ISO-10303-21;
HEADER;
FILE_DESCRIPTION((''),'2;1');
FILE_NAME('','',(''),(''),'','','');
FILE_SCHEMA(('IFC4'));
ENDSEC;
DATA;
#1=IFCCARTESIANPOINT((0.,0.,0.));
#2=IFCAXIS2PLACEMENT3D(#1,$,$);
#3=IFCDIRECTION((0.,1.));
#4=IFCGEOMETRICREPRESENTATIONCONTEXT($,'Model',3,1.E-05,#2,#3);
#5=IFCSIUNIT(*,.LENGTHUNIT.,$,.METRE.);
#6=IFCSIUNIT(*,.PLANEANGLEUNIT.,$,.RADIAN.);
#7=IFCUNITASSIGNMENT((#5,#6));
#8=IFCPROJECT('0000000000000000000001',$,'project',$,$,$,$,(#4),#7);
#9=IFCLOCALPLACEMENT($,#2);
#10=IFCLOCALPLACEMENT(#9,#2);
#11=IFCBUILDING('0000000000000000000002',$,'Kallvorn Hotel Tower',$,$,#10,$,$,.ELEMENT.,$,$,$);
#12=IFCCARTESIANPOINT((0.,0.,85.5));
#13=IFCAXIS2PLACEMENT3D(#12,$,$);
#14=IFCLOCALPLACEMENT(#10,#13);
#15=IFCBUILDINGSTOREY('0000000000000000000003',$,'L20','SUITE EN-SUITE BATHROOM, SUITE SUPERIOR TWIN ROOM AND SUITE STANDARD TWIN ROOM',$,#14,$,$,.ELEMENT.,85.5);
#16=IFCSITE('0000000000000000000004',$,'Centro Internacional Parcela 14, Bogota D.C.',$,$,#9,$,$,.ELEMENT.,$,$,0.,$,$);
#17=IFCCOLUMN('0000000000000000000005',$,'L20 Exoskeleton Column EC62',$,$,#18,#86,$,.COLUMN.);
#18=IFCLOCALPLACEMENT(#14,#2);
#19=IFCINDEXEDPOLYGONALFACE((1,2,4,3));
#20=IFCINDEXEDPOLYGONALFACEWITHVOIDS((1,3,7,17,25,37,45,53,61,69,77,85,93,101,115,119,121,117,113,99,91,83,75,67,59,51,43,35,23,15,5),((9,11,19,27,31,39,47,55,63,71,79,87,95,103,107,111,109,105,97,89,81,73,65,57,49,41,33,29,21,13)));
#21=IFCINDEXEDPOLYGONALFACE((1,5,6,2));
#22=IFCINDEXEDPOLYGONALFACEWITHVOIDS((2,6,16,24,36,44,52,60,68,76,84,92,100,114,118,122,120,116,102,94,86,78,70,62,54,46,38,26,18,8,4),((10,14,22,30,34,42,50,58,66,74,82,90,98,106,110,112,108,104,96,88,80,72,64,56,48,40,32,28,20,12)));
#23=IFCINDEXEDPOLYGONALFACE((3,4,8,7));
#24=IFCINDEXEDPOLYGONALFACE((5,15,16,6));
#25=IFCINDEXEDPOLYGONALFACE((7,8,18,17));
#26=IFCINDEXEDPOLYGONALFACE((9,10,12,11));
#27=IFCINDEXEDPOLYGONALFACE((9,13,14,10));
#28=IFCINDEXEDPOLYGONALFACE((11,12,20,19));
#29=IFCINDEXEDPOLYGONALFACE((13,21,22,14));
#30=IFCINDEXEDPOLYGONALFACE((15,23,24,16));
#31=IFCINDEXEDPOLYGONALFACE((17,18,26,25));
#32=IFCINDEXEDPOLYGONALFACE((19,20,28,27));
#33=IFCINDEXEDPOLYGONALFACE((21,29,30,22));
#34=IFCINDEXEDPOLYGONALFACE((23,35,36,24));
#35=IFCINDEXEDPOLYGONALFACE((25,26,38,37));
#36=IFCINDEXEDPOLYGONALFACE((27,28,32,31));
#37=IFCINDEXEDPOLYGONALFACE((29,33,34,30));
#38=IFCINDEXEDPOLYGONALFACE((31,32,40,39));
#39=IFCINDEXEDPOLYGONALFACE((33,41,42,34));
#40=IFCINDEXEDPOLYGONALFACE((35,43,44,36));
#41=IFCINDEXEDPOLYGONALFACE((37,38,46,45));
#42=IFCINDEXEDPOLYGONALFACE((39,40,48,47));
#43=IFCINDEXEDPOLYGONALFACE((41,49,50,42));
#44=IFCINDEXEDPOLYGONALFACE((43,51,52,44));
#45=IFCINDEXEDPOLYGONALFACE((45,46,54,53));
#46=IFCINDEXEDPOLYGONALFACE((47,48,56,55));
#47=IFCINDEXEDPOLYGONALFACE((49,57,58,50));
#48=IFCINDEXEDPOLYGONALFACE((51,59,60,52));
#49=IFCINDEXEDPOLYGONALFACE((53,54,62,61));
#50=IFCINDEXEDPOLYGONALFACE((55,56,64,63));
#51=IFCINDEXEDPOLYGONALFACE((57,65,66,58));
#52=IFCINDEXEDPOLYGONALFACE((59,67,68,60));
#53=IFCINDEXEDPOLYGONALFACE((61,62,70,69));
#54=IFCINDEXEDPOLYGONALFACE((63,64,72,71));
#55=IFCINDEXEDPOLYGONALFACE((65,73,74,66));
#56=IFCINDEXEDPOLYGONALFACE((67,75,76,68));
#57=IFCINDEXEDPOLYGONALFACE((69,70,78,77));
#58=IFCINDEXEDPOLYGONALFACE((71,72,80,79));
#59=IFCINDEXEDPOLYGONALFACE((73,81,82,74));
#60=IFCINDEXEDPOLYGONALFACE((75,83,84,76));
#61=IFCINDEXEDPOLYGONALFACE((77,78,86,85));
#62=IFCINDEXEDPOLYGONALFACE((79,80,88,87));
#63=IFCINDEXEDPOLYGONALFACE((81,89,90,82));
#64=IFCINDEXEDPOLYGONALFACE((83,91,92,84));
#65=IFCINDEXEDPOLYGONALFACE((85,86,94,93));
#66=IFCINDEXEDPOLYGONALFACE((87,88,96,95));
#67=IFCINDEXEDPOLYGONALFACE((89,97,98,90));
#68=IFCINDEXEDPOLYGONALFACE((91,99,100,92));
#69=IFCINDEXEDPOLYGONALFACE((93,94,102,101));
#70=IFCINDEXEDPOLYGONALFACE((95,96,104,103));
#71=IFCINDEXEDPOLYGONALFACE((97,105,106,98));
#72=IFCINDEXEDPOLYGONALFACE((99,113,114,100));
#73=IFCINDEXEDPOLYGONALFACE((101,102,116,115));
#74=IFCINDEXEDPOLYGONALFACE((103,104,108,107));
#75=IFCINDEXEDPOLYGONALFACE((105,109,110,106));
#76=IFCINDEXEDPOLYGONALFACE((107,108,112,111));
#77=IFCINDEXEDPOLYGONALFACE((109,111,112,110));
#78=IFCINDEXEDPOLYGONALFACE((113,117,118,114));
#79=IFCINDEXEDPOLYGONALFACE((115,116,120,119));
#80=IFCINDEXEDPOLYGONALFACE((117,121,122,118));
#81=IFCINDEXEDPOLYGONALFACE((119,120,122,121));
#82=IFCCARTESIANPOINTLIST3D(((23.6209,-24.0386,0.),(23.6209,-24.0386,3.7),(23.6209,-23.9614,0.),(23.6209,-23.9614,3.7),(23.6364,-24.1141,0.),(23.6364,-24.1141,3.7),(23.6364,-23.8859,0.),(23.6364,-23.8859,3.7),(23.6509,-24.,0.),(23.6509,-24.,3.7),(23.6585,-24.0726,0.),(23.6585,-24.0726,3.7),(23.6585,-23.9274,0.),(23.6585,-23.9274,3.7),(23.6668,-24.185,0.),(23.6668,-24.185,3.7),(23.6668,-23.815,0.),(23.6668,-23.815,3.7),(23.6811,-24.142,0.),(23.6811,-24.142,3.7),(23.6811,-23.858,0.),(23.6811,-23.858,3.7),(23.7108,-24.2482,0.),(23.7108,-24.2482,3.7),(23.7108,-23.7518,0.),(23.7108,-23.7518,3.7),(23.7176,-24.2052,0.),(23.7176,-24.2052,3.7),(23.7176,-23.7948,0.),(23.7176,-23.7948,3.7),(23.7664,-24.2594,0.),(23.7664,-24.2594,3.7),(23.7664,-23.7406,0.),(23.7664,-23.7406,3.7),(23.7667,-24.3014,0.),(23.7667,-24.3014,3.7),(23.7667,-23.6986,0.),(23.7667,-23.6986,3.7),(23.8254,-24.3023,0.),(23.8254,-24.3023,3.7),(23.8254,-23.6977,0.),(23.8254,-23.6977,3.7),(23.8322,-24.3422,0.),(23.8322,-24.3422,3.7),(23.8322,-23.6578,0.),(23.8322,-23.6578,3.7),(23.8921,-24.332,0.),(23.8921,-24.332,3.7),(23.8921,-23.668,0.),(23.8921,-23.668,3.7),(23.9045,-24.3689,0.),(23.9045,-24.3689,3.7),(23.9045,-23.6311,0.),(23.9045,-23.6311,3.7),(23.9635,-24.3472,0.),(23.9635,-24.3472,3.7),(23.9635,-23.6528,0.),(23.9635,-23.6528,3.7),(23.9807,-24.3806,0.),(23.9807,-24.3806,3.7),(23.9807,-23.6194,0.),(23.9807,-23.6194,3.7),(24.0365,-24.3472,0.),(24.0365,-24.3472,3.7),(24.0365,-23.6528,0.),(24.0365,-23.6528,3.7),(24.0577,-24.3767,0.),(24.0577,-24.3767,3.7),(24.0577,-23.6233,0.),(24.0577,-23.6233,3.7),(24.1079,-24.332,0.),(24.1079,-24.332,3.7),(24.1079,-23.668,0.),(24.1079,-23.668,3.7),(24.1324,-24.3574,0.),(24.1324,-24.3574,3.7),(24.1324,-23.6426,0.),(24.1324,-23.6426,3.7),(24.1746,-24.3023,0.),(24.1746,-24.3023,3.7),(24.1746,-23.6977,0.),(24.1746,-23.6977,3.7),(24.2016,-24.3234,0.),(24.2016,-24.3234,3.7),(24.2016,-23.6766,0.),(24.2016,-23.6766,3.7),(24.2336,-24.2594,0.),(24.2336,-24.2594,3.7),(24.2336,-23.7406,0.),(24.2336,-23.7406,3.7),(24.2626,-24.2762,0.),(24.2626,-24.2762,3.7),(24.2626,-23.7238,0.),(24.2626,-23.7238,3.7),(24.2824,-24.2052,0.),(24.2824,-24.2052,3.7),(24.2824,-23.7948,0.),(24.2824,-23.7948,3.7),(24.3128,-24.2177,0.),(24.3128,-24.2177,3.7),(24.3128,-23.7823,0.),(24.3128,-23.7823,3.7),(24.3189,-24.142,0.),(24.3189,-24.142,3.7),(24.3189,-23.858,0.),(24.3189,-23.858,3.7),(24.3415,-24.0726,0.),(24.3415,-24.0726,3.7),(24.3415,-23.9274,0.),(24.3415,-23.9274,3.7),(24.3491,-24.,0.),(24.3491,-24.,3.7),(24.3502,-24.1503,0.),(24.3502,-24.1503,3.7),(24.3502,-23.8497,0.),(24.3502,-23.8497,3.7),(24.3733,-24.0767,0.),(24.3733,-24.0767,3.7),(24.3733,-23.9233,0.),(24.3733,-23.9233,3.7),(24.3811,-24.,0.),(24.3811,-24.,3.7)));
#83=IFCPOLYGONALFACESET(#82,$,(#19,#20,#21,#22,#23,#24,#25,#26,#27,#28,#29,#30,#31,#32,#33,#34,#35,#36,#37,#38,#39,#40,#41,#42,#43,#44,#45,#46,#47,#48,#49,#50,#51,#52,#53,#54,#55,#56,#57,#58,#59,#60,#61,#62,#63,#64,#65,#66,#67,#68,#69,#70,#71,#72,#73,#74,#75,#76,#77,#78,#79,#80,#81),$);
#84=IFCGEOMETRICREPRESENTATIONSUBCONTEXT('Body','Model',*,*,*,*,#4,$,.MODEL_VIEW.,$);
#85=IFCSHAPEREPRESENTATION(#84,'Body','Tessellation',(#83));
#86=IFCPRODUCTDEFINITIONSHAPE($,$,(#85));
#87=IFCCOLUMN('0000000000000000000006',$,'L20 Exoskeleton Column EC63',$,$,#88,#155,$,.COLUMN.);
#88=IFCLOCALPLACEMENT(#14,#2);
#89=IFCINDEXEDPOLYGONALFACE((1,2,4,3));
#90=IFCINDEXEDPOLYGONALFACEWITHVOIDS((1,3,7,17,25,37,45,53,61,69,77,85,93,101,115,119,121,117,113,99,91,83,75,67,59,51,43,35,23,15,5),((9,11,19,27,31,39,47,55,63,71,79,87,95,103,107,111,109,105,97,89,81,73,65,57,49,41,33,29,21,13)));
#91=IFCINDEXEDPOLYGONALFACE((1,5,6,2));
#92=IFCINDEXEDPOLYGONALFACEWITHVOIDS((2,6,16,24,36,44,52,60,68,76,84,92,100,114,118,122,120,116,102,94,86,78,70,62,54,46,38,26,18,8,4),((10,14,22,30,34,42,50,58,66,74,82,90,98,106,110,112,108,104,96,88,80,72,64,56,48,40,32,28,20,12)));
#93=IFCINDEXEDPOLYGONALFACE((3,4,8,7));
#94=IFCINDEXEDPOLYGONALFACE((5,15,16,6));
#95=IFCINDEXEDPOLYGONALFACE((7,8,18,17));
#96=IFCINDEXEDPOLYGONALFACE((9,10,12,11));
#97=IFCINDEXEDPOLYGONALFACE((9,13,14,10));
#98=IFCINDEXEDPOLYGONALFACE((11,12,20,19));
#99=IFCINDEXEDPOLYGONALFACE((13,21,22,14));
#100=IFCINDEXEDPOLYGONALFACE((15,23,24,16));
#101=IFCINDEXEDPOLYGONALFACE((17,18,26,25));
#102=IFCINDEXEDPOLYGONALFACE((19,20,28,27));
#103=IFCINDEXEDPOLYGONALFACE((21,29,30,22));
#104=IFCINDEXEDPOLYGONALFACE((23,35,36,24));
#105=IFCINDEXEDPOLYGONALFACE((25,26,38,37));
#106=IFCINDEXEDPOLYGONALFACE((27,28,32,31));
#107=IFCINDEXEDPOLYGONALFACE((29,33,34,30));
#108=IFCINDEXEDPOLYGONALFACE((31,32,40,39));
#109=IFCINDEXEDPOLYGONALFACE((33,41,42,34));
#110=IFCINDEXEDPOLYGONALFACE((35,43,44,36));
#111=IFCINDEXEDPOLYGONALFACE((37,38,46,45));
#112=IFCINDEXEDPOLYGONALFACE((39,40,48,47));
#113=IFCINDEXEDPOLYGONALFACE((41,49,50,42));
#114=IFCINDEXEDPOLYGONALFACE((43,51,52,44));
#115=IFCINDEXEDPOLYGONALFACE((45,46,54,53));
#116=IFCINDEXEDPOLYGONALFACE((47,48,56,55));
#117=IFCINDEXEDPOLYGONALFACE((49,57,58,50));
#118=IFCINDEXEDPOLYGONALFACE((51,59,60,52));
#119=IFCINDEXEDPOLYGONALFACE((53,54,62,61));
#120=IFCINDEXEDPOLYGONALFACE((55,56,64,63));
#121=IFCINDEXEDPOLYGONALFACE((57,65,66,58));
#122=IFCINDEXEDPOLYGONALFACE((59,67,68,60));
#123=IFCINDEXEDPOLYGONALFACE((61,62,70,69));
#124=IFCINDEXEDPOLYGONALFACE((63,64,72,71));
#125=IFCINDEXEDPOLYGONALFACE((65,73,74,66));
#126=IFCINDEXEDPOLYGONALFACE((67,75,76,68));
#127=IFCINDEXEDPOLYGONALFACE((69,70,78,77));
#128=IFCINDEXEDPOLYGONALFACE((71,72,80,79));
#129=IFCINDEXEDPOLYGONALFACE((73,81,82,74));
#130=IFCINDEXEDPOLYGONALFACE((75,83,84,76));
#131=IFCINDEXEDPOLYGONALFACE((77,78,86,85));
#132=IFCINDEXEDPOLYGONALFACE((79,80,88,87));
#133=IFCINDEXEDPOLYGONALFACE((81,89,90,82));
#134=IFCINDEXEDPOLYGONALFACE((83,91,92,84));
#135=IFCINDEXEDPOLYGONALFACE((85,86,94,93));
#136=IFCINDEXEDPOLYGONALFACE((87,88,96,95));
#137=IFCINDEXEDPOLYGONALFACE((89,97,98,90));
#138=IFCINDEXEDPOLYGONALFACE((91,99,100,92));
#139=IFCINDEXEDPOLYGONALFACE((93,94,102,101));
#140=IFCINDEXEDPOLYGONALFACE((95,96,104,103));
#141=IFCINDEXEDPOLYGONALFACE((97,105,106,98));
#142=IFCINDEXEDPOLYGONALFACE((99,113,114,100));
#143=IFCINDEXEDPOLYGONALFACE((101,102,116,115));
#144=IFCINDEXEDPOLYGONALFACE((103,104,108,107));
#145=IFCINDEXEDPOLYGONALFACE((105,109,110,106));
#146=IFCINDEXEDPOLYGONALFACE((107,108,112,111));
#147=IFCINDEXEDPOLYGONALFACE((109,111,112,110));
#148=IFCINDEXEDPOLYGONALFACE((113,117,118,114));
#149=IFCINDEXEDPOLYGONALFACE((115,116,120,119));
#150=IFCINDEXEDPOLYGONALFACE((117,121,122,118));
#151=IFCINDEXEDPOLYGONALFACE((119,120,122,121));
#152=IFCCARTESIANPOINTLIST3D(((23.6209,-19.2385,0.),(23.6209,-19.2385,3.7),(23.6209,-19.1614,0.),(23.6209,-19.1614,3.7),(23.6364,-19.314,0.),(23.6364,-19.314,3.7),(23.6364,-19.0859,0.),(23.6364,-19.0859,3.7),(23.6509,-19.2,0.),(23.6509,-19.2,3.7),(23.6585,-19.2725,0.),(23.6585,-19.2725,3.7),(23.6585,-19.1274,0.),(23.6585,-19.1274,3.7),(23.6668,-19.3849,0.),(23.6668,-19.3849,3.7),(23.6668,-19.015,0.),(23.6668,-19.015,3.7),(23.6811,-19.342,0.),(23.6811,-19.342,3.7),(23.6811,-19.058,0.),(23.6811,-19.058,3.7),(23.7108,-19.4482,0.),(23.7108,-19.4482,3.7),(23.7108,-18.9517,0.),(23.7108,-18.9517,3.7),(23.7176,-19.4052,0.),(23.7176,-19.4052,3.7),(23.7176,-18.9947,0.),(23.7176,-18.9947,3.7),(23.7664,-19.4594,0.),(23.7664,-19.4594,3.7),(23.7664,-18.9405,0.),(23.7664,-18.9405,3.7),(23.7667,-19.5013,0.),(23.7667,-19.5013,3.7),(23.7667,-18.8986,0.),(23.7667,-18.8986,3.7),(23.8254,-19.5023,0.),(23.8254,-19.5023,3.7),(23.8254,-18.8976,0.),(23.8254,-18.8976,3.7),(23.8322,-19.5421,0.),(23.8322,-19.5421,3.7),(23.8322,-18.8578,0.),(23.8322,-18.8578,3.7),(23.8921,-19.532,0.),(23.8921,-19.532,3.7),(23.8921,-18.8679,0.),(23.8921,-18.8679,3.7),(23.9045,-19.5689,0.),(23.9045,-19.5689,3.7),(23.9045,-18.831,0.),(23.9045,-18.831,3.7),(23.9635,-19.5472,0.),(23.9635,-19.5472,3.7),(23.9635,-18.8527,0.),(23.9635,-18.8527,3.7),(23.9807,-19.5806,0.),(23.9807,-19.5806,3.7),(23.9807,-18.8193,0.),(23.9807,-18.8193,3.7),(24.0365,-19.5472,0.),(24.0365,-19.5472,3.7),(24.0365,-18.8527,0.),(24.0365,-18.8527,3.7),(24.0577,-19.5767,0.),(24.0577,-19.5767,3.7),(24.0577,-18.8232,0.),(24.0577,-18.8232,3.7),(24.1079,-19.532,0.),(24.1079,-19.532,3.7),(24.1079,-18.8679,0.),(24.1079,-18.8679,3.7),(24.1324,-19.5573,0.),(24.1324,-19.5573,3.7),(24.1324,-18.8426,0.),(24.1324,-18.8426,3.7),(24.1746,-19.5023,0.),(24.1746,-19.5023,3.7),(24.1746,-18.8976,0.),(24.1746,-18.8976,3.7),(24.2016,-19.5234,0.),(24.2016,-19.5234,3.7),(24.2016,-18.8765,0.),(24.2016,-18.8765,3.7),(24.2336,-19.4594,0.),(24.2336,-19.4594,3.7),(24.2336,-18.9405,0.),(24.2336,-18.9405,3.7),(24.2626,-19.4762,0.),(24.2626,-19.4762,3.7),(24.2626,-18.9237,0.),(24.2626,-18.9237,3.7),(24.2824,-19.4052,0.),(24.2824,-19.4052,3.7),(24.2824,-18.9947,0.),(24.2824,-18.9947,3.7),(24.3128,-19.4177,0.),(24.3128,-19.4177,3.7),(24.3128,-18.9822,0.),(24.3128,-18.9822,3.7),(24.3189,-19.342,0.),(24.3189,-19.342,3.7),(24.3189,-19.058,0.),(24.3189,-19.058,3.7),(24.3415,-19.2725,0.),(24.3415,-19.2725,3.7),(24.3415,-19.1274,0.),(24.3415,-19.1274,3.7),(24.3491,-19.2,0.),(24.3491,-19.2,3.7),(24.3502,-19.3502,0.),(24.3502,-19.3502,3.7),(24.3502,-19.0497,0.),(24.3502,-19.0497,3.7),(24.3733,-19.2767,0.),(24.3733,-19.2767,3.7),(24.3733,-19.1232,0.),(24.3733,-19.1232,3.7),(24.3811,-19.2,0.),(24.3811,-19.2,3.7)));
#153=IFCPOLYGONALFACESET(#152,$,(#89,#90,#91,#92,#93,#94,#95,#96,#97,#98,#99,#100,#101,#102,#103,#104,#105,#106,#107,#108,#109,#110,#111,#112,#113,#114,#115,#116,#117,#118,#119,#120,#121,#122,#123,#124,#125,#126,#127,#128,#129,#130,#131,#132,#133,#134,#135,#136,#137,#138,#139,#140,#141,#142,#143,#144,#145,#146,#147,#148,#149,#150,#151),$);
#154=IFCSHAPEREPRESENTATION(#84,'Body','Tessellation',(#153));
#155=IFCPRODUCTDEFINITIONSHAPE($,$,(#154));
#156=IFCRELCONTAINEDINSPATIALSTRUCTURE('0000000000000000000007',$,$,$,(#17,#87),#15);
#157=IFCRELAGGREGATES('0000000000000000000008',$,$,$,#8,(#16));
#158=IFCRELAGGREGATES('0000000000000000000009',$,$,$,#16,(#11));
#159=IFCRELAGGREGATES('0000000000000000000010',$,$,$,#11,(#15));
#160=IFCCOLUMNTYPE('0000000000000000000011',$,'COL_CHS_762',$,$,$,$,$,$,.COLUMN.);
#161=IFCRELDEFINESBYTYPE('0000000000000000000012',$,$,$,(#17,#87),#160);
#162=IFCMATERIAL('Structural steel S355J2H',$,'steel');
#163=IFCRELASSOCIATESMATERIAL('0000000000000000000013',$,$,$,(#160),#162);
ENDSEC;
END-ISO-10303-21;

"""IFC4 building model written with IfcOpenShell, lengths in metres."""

from ifc_helpers import new_model, si_unit, direction, frame, origin, origin_2d, place, context, subcontext, project, spatial, hollow_circle, extrude, material, material_profile, profile_set, type_object, element, save


model = new_model("IFC4")

# Units and contexts
model_context = context("Model", 3, precision=1e-05, world=origin(), true_north=direction((0.0, 1.0)))
body_context = subcontext(model_context, "Body", "Model", "MODEL_VIEW")
ifc_project = project(units=[si_unit("LENGTHUNIT", "METRE"), si_unit("PLANEANGLEUNIT", "RADIAN")], contexts=[model_context])

# Site, building, storey
site_placement = place(None, origin())
site = spatial("IfcSite", under=ifc_project, at=site_placement, Name="Centro Internacional Parcela 14, Bogota D.C.", CompositionType="ELEMENT", RefElevation=0.0)
building_placement = place(site_placement, origin())
building = spatial("IfcBuilding", under=site, at=building_placement, Name="Kallvorn Hotel Tower", CompositionType="ELEMENT")
storey_placement = place(building_placement, frame((0.0, 0.0, 85.5)))
storey = spatial("IfcBuildingStorey", under=building, at=storey_placement, Name="L20", Description="SUITE EN-SUITE BATHROOM, SUITE SUPERIOR TWIN ROOM AND SUITE STANDARD TWIN ROOM", CompositionType="ELEMENT", Elevation=85.5)

# Columns
ifc_material_1 = material(Name="Structural steel S355J2H", Category="steel")
ifc_material_profile_1 = material_profile(ifc_material_1, hollow_circle(Radius=0.3811, WallThickness=0.032, at=origin_2d()), Name="CHS 762x32")
ifc_profile_set_1 = profile_set([ifc_material_profile_1], Name="Structural steel S355J2H")
column_type = type_object("IfcColumnType", Name="COL_CHS_762", PredefinedType="COLUMN", material=ifc_profile_set_1)
for number, where, z_axis, x_axis, name in (
    (1, (24.0, -24.0, 0.0), (0.0, 0.0, 1.0), (1.0, 0.0, 0.0), "L20 Exoskeleton Column EC62"),
    (2, (24.0, -19.2, 0.0), (0.0, 0.0, 1.0), (1.0, 0.0, 0.0), "L20 Exoskeleton Column EC63"),
):
    element("IfcColumn", number, at=place(storey_placement, frame(where, z_axis=z_axis, x_axis=x_axis)), inside=storey, type_object=column_type, Name=name, PredefinedType="COLUMN", context=body_context, shape_type="SweptSolid", body=[
        extrude(hollow_circle(Radius=0.3811, WallThickness=0.032, at=origin_2d()), origin(), (0.0, 0.0, 1.0), 3.7),
    ])

save(model, "model.ifc")
